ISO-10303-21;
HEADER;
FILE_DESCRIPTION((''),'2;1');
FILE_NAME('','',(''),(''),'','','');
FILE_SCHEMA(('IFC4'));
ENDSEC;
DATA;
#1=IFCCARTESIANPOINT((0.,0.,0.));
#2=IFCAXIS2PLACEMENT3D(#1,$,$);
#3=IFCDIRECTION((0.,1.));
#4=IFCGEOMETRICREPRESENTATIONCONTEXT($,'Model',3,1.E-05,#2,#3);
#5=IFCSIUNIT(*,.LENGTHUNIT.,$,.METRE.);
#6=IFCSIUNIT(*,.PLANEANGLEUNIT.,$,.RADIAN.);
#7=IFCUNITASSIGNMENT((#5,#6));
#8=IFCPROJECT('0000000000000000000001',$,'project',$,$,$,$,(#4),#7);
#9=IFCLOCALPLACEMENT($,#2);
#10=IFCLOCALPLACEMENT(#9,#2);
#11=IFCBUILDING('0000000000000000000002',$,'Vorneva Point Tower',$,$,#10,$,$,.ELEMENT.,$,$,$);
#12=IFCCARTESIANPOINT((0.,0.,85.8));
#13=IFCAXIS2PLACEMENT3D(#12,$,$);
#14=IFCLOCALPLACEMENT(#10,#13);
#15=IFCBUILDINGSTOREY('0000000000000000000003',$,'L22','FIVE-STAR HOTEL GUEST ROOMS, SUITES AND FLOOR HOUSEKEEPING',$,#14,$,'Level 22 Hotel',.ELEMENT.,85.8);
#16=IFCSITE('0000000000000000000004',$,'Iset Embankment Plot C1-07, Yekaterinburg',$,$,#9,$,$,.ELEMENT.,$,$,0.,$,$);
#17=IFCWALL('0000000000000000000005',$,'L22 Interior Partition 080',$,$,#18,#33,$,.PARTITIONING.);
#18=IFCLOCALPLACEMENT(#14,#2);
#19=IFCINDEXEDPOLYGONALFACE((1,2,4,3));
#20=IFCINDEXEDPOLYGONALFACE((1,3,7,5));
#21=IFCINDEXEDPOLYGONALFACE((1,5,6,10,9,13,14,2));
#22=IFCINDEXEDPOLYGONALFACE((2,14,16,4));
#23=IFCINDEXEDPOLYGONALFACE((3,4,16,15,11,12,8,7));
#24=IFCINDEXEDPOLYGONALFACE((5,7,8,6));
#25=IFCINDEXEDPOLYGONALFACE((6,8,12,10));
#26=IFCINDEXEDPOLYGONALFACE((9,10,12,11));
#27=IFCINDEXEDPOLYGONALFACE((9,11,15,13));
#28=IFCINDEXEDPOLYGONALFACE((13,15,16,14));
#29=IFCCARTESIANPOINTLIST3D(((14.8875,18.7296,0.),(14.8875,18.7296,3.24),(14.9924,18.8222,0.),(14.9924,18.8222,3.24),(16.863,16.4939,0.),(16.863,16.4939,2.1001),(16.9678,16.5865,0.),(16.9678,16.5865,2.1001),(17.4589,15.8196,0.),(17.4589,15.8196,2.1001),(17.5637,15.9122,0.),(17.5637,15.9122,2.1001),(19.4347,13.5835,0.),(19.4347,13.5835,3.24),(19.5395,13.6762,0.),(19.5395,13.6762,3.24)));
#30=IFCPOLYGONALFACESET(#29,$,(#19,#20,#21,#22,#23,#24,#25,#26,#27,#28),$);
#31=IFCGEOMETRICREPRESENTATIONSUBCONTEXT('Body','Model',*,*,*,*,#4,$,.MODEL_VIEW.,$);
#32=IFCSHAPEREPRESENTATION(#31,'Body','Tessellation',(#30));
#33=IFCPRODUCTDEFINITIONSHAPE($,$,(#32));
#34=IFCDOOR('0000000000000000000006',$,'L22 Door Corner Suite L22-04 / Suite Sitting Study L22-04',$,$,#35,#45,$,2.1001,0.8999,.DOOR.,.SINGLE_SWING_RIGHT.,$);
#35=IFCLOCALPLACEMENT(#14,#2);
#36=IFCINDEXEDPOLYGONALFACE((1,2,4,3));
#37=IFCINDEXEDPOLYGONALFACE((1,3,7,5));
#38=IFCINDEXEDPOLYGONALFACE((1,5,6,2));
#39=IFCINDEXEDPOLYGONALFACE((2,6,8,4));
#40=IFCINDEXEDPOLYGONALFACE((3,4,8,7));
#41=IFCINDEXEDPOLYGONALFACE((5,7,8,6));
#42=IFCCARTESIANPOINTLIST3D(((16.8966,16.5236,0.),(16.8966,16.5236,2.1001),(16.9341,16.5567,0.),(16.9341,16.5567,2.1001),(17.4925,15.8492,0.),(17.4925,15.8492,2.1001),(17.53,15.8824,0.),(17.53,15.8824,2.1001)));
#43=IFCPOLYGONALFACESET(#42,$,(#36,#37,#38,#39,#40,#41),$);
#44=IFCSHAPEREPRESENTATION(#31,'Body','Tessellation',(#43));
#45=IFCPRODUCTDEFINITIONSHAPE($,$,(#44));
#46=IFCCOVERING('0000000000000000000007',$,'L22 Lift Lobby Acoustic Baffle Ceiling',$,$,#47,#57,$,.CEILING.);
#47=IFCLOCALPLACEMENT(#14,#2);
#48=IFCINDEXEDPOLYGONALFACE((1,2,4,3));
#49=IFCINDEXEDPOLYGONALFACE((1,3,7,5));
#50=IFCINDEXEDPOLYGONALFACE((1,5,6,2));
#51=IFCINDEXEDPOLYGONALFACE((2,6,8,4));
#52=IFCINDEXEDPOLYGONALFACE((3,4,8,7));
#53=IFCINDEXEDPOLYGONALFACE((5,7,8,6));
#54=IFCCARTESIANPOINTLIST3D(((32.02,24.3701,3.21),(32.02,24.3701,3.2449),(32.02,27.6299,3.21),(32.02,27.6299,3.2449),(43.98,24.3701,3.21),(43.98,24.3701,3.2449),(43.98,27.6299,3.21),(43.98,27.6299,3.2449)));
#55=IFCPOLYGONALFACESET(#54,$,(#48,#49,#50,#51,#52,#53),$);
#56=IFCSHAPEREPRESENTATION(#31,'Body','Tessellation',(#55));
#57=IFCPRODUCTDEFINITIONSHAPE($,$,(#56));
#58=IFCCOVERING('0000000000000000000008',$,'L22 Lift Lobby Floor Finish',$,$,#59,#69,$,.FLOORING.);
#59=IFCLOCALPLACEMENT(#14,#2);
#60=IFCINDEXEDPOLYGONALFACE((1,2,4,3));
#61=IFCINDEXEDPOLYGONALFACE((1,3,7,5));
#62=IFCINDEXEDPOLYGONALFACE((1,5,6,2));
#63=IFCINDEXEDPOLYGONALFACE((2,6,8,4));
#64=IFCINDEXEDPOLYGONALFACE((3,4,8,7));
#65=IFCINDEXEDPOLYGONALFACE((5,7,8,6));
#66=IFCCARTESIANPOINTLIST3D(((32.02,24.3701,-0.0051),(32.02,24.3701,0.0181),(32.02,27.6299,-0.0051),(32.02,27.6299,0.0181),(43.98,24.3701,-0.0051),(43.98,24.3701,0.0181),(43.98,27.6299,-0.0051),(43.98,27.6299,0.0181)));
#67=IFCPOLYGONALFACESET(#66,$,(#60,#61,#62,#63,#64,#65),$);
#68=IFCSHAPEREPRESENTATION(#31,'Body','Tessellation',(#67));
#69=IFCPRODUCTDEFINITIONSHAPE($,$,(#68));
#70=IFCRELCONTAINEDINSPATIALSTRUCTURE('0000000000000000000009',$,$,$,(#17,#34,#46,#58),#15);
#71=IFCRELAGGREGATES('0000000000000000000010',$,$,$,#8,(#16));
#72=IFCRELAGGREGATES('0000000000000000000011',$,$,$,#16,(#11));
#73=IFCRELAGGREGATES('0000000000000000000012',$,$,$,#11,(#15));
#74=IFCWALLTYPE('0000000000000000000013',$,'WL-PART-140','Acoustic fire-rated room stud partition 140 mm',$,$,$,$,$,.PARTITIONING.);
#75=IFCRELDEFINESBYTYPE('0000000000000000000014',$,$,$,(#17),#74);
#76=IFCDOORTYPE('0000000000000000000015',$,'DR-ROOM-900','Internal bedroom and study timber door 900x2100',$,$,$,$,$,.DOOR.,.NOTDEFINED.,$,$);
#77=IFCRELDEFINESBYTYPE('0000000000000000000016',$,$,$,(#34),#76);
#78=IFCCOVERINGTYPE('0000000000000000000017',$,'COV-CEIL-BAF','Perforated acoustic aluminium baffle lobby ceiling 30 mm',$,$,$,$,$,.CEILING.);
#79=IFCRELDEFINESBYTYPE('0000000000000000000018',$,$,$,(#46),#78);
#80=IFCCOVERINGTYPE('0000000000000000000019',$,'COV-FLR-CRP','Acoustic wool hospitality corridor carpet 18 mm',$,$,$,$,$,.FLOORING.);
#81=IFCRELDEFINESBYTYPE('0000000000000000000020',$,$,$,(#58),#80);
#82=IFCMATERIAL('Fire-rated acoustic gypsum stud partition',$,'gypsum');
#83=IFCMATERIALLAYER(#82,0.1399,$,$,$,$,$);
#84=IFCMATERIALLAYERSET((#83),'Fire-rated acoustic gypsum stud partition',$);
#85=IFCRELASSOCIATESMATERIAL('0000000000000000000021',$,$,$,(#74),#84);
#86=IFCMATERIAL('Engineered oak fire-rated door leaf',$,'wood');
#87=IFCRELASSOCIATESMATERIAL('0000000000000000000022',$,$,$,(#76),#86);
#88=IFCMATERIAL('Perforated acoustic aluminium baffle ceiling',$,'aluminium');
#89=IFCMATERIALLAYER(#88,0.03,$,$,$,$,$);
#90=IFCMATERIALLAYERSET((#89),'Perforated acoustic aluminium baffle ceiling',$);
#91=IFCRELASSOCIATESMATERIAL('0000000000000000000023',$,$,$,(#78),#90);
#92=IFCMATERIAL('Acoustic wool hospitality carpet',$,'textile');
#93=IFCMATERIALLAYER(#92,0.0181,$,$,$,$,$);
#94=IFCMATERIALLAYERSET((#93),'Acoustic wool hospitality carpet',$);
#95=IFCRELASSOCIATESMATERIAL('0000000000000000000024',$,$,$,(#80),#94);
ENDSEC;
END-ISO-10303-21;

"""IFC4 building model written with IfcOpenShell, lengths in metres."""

from ifc_helpers import new_model, si_unit, direction, frame, frame_2d, origin, place, context, subcontext, project, spatial, polyline, rectangle, outline, extrude, material, layer, layer_set, type_object, element, fill, save


model = new_model("IFC4")

# Units and contexts
model_context = context("Model", 3, precision=1e-05, world=origin(), true_north=direction((0.0, 1.0)))
body_context = subcontext(model_context, "Body", "Model", "MODEL_VIEW")
ifc_project = project(units=[si_unit("LENGTHUNIT", "METRE"), si_unit("PLANEANGLEUNIT", "RADIAN")], contexts=[model_context])

# Site, building, storey
site_placement = place(None, origin())
site = spatial("IfcSite", under=ifc_project, at=site_placement, Name="Iset Embankment Plot C1-07, Yekaterinburg", CompositionType="ELEMENT", RefElevation=0.0)
building_placement = place(site_placement, origin())
building = spatial("IfcBuilding", under=site, at=building_placement, Name="Vorneva Point Tower", CompositionType="ELEMENT")
storey_placement = place(building_placement, frame((0.0, 0.0, 85.8)))
storey = spatial("IfcBuildingStorey", under=building, at=storey_placement, Name="L22", Description="FIVE-STAR HOTEL GUEST ROOMS, SUITES AND FLOOR HOUSEKEEPING", LongName="Level 22 Hotel", CompositionType="ELEMENT", Elevation=85.8)

# Shared definitions
ifc_material_1 = material(Name="Fire-rated acoustic gypsum stud partition", Category="gypsum")
ifc_layer_1 = layer(ifc_material_1, 0.1399)
ifc_layer_set_1 = layer_set([ifc_layer_1], Name="Fire-rated acoustic gypsum stud partition")
wall_type = type_object("IfcWallType", Name="WL-PART-140", Description="Acoustic fire-rated room stud partition 140 mm", PredefinedType="PARTITIONING", material=ifc_layer_set_1)

# Wall, opening, door
wall_1_placement = place(storey_placement, frame((14.9399, 18.7759, 0.0), z_axis=(0.0, 0.0, 1.0), x_axis=(0.662156, -0.749366, 0.0)))
wall_1 = element("IfcWall", 1, at=wall_1_placement, inside=storey, type_object=wall_type, Name="L22 Interior Partition 080", PredefinedType="PARTITIONING", context=body_context, shape_type="SweptSolid", body=[
    extrude(rectangle(XDim=6.8672, YDim=0.1399, at=frame_2d((3.4336, 0.0))), origin(), (0.0, 0.0, 1.0), 3.24),
])
opening_placement = place(wall_1_placement, frame((2.9834, 0.0, 0.0)))
opening = element("IfcOpeningElement", 2, at=opening_placement, cuts=wall_1, PredefinedType="OPENING", context=body_context, shape_type="SweptSolid", body=[
    extrude(rectangle(XDim=0.8999, YDim=2.1001, at=frame_2d((0.45, 1.05))), frame((0.0, 0.085, 0.0), z_axis=(0.0, -1.0, 0.0), x_axis=(1.0, 0.0, 0.0)), (0.0, 0.0, 1.0), 0.1697),
])
ifc_material_2 = material(Name="Engineered oak fire-rated door leaf", Category="wood")
door_type = type_object("IfcDoorType", Name="DR-ROOM-900", Description="Internal bedroom and study timber door 900x2100", OperationType="NOTDEFINED", PredefinedType="DOOR", material=ifc_material_2)
door_placement = place(opening_placement, origin())
door = element("IfcDoor", 3, at=door_placement, inside=storey, type_object=door_type, Name="L22 Door Corner Suite L22-04 / Suite Sitting Study L22-04", OperationType="SINGLE_SWING_RIGHT", OverallHeight=2.1001, OverallWidth=0.8999, PredefinedType="DOOR", context=body_context, shape_type="SweptSolid", body=[
    extrude(rectangle(XDim=0.8999, YDim=2.1001, at=frame_2d((0.45, 1.05))), frame((0.0, 0.0249, 0.0), z_axis=(0.0, -1.0, 0.0), x_axis=(1.0, 0.0, 0.0)), (0.0, 0.0, 1.0), 0.05),
])
fill(opening, door)

# Coverings
ifc_material_3 = material(Name="Perforated acoustic aluminium baffle ceiling", Category="aluminium")
ifc_layer_2 = layer(ifc_material_3, 0.03)
ifc_layer_set_2 = layer_set([ifc_layer_2], Name="Perforated acoustic aluminium baffle ceiling")
covering_type_1 = type_object("IfcCoveringType", Name="COV-CEIL-BAF", Description="Perforated acoustic aluminium baffle lobby ceiling 30 mm", PredefinedType="CEILING", material=ifc_layer_set_2)
covering_1_placement = place(storey_placement, frame((0.0, 0.0, 3.21)))
element("IfcCovering", 4, at=covering_1_placement, inside=storey, type_object=covering_type_1, Name="L22 Lift Lobby Acoustic Baffle Ceiling", PredefinedType="CEILING", context=body_context, shape_type="SweptSolid", body=[
    extrude(outline(polyline([(32.02, 24.3701), (43.98, 24.3701), (43.98, 27.6299), (32.02, 27.6299), (32.02, 24.3701)])), origin(), (0.0, 0.0, 1.0), 0.0349),
])
ifc_material_4 = material(Name="Acoustic wool hospitality carpet", Category="textile")
ifc_layer_3 = layer(ifc_material_4, 0.0181)
ifc_layer_set_3 = layer_set([ifc_layer_3], Name="Acoustic wool hospitality carpet")
covering_type_2 = type_object("IfcCoveringType", Name="COV-FLR-CRP", Description="Acoustic wool hospitality corridor carpet 18 mm", PredefinedType="FLOORING", material=ifc_layer_set_3)
covering_2_placement = place(storey_placement, frame((0.0, 0.0, -0.0051)))
element("IfcCovering", 5, at=covering_2_placement, inside=storey, type_object=covering_type_2, Name="L22 Lift Lobby Floor Finish", PredefinedType="FLOORING", context=body_context, shape_type="SweptSolid", body=[
    extrude(outline(polyline([(32.02, 24.3701), (43.98, 24.3701), (43.98, 27.6299), (32.02, 27.6299), (32.02, 24.3701)])), origin(), (0.0, 0.0, 1.0), 0.0232),
])

save(model, "model.ifc")
